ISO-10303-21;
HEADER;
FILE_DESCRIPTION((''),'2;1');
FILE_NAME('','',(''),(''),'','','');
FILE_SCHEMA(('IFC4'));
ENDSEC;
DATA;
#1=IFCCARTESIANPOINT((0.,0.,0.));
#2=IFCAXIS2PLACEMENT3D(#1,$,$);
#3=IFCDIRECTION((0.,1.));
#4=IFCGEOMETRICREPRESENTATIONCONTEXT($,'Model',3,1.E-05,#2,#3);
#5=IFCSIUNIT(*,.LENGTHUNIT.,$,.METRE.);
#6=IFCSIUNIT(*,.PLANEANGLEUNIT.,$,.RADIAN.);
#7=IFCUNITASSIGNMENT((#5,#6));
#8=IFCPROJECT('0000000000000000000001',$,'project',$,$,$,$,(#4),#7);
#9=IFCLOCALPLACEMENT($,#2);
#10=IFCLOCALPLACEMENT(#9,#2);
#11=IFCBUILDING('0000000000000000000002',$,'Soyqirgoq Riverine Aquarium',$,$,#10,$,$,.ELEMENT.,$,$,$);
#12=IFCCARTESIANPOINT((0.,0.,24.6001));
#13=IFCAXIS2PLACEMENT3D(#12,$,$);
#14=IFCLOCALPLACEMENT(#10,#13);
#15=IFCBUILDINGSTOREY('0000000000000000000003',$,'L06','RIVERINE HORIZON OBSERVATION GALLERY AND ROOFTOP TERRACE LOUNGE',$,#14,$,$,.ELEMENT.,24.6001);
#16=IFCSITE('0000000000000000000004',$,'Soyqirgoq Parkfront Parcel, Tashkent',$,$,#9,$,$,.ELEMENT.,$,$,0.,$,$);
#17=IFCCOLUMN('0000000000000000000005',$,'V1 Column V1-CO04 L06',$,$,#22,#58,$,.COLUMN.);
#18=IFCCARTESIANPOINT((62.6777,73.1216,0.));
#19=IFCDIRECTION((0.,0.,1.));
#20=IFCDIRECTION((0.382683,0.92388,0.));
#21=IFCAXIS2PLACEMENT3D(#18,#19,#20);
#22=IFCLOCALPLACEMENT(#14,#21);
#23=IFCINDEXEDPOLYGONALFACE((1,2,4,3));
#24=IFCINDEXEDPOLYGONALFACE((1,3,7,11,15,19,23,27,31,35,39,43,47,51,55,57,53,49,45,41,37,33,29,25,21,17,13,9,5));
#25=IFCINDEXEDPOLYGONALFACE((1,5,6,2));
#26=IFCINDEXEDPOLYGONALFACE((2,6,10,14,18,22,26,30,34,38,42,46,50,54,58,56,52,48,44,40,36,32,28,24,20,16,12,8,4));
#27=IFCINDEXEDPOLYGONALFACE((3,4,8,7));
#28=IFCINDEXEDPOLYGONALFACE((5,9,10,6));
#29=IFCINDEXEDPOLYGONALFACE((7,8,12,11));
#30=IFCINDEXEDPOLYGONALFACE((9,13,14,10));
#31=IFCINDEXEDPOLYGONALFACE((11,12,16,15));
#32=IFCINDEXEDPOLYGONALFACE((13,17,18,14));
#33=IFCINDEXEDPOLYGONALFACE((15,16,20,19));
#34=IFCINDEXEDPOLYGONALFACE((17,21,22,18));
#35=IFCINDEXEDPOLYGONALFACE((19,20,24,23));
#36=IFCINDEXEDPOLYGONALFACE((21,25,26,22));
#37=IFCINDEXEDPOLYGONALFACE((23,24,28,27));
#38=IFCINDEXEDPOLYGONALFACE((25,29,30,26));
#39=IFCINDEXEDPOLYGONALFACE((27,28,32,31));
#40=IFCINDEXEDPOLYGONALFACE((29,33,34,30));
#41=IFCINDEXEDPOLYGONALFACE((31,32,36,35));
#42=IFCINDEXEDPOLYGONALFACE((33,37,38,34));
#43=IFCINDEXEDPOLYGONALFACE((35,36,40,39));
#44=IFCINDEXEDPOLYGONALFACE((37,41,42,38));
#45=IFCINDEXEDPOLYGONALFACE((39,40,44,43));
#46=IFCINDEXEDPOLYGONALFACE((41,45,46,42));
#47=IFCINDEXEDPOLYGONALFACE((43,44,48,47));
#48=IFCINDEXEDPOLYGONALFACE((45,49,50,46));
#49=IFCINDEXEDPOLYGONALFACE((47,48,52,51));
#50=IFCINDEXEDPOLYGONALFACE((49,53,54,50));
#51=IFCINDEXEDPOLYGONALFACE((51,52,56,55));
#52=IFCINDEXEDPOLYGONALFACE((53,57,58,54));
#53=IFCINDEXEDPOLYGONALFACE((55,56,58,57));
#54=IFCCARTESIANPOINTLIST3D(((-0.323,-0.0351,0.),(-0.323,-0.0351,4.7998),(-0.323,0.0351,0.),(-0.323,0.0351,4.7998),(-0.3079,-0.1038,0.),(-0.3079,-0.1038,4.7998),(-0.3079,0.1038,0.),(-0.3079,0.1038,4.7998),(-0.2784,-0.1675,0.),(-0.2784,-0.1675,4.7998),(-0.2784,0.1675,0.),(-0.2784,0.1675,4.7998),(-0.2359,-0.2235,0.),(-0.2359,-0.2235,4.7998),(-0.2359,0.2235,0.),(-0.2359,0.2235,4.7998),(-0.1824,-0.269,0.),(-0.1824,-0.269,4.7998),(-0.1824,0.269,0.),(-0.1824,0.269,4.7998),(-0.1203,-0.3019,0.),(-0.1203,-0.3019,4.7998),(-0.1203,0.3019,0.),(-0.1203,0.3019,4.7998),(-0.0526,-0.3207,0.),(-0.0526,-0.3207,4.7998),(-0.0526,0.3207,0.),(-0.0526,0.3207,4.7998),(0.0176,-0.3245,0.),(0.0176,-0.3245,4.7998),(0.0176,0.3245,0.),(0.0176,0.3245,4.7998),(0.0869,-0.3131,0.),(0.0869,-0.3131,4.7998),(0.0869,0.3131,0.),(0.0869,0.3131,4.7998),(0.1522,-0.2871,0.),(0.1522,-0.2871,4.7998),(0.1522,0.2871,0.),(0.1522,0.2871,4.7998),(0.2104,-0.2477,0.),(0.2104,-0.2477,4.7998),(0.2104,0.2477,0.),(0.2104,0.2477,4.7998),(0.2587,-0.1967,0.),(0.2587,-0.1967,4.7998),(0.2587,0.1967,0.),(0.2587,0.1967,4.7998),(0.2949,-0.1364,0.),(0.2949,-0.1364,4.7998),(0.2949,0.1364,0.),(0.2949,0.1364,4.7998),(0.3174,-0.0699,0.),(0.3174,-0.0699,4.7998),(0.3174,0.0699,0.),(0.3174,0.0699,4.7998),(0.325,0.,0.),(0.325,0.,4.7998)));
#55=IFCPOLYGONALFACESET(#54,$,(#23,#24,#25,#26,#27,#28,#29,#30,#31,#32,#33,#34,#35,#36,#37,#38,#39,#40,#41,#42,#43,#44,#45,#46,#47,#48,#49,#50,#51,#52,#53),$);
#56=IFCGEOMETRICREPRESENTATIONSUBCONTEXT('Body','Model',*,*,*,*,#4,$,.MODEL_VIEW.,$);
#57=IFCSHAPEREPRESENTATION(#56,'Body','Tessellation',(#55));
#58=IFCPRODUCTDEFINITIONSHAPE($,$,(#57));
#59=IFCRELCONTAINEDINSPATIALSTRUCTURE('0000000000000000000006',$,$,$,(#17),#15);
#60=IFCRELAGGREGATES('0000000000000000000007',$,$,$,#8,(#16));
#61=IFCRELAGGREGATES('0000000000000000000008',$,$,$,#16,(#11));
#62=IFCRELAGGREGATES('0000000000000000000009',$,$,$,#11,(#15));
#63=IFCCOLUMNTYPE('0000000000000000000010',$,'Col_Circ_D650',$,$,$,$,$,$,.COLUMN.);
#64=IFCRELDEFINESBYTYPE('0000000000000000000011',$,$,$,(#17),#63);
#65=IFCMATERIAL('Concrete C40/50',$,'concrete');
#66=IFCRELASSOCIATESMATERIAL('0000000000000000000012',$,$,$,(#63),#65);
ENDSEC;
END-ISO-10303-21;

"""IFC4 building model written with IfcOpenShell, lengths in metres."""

from ifc_helpers import new_model, si_unit, direction, frame, origin, origin_2d, place, context, subcontext, project, spatial, circle, extrude, material, material_profile, profile_set, type_object, element, save


model = new_model("IFC4")

# Units and contexts
model_context = context("Model", 3, precision=1e-05, world=origin(), true_north=direction((0.0, 1.0)))
body_context = subcontext(model_context, "Body", "Model", "MODEL_VIEW")
ifc_project = project(units=[si_unit("LENGTHUNIT", "METRE"), si_unit("PLANEANGLEUNIT", "RADIAN")], contexts=[model_context])

# Site, building, storey
site_placement = place(None, origin())
site = spatial("IfcSite", under=ifc_project, at=site_placement, Name="Soyqirgoq Parkfront Parcel, Tashkent", CompositionType="ELEMENT", RefElevation=0.0)
building_placement = place(site_placement, origin())
building = spatial("IfcBuilding", under=site, at=building_placement, Name="Soyqirgoq Riverine Aquarium", CompositionType="ELEMENT")
storey_placement = place(building_placement, frame((0.0, 0.0, 24.6001)))
storey = spatial("IfcBuildingStorey", under=building, at=storey_placement, Name="L06", Description="RIVERINE HORIZON OBSERVATION GALLERY AND ROOFTOP TERRACE LOUNGE", CompositionType="ELEMENT", Elevation=24.6001)

# Column
ifc_material_1 = material(Name="Concrete C40/50", Category="concrete")
ifc_material_profile_1 = material_profile(ifc_material_1, circle(Radius=0.325, at=origin_2d()), Name="RC-COL D650")
ifc_profile_set_1 = profile_set([ifc_material_profile_1], Name="Concrete C40/50")
column_type_1 = type_object("IfcColumnType", Name="Col_Circ_D650", PredefinedType="COLUMN", material=ifc_profile_set_1)
column_1_placement = place(storey_placement, frame((62.6777, 73.1216, 0.0), z_axis=(0.0, 0.0, 1.0), x_axis=(0.382683, 0.92388, 0.0)))
element("IfcColumn", 1, at=column_1_placement, inside=storey, type_object=column_type_1, Name="V1 Column V1-CO04 L06", PredefinedType="COLUMN", context=body_context, shape_type="SweptSolid", body=[
    extrude(circle(Radius=0.325, at=origin_2d()), origin(), (0.0, 0.0, 1.0), 4.7998),
])

save(model, "model.ifc")
